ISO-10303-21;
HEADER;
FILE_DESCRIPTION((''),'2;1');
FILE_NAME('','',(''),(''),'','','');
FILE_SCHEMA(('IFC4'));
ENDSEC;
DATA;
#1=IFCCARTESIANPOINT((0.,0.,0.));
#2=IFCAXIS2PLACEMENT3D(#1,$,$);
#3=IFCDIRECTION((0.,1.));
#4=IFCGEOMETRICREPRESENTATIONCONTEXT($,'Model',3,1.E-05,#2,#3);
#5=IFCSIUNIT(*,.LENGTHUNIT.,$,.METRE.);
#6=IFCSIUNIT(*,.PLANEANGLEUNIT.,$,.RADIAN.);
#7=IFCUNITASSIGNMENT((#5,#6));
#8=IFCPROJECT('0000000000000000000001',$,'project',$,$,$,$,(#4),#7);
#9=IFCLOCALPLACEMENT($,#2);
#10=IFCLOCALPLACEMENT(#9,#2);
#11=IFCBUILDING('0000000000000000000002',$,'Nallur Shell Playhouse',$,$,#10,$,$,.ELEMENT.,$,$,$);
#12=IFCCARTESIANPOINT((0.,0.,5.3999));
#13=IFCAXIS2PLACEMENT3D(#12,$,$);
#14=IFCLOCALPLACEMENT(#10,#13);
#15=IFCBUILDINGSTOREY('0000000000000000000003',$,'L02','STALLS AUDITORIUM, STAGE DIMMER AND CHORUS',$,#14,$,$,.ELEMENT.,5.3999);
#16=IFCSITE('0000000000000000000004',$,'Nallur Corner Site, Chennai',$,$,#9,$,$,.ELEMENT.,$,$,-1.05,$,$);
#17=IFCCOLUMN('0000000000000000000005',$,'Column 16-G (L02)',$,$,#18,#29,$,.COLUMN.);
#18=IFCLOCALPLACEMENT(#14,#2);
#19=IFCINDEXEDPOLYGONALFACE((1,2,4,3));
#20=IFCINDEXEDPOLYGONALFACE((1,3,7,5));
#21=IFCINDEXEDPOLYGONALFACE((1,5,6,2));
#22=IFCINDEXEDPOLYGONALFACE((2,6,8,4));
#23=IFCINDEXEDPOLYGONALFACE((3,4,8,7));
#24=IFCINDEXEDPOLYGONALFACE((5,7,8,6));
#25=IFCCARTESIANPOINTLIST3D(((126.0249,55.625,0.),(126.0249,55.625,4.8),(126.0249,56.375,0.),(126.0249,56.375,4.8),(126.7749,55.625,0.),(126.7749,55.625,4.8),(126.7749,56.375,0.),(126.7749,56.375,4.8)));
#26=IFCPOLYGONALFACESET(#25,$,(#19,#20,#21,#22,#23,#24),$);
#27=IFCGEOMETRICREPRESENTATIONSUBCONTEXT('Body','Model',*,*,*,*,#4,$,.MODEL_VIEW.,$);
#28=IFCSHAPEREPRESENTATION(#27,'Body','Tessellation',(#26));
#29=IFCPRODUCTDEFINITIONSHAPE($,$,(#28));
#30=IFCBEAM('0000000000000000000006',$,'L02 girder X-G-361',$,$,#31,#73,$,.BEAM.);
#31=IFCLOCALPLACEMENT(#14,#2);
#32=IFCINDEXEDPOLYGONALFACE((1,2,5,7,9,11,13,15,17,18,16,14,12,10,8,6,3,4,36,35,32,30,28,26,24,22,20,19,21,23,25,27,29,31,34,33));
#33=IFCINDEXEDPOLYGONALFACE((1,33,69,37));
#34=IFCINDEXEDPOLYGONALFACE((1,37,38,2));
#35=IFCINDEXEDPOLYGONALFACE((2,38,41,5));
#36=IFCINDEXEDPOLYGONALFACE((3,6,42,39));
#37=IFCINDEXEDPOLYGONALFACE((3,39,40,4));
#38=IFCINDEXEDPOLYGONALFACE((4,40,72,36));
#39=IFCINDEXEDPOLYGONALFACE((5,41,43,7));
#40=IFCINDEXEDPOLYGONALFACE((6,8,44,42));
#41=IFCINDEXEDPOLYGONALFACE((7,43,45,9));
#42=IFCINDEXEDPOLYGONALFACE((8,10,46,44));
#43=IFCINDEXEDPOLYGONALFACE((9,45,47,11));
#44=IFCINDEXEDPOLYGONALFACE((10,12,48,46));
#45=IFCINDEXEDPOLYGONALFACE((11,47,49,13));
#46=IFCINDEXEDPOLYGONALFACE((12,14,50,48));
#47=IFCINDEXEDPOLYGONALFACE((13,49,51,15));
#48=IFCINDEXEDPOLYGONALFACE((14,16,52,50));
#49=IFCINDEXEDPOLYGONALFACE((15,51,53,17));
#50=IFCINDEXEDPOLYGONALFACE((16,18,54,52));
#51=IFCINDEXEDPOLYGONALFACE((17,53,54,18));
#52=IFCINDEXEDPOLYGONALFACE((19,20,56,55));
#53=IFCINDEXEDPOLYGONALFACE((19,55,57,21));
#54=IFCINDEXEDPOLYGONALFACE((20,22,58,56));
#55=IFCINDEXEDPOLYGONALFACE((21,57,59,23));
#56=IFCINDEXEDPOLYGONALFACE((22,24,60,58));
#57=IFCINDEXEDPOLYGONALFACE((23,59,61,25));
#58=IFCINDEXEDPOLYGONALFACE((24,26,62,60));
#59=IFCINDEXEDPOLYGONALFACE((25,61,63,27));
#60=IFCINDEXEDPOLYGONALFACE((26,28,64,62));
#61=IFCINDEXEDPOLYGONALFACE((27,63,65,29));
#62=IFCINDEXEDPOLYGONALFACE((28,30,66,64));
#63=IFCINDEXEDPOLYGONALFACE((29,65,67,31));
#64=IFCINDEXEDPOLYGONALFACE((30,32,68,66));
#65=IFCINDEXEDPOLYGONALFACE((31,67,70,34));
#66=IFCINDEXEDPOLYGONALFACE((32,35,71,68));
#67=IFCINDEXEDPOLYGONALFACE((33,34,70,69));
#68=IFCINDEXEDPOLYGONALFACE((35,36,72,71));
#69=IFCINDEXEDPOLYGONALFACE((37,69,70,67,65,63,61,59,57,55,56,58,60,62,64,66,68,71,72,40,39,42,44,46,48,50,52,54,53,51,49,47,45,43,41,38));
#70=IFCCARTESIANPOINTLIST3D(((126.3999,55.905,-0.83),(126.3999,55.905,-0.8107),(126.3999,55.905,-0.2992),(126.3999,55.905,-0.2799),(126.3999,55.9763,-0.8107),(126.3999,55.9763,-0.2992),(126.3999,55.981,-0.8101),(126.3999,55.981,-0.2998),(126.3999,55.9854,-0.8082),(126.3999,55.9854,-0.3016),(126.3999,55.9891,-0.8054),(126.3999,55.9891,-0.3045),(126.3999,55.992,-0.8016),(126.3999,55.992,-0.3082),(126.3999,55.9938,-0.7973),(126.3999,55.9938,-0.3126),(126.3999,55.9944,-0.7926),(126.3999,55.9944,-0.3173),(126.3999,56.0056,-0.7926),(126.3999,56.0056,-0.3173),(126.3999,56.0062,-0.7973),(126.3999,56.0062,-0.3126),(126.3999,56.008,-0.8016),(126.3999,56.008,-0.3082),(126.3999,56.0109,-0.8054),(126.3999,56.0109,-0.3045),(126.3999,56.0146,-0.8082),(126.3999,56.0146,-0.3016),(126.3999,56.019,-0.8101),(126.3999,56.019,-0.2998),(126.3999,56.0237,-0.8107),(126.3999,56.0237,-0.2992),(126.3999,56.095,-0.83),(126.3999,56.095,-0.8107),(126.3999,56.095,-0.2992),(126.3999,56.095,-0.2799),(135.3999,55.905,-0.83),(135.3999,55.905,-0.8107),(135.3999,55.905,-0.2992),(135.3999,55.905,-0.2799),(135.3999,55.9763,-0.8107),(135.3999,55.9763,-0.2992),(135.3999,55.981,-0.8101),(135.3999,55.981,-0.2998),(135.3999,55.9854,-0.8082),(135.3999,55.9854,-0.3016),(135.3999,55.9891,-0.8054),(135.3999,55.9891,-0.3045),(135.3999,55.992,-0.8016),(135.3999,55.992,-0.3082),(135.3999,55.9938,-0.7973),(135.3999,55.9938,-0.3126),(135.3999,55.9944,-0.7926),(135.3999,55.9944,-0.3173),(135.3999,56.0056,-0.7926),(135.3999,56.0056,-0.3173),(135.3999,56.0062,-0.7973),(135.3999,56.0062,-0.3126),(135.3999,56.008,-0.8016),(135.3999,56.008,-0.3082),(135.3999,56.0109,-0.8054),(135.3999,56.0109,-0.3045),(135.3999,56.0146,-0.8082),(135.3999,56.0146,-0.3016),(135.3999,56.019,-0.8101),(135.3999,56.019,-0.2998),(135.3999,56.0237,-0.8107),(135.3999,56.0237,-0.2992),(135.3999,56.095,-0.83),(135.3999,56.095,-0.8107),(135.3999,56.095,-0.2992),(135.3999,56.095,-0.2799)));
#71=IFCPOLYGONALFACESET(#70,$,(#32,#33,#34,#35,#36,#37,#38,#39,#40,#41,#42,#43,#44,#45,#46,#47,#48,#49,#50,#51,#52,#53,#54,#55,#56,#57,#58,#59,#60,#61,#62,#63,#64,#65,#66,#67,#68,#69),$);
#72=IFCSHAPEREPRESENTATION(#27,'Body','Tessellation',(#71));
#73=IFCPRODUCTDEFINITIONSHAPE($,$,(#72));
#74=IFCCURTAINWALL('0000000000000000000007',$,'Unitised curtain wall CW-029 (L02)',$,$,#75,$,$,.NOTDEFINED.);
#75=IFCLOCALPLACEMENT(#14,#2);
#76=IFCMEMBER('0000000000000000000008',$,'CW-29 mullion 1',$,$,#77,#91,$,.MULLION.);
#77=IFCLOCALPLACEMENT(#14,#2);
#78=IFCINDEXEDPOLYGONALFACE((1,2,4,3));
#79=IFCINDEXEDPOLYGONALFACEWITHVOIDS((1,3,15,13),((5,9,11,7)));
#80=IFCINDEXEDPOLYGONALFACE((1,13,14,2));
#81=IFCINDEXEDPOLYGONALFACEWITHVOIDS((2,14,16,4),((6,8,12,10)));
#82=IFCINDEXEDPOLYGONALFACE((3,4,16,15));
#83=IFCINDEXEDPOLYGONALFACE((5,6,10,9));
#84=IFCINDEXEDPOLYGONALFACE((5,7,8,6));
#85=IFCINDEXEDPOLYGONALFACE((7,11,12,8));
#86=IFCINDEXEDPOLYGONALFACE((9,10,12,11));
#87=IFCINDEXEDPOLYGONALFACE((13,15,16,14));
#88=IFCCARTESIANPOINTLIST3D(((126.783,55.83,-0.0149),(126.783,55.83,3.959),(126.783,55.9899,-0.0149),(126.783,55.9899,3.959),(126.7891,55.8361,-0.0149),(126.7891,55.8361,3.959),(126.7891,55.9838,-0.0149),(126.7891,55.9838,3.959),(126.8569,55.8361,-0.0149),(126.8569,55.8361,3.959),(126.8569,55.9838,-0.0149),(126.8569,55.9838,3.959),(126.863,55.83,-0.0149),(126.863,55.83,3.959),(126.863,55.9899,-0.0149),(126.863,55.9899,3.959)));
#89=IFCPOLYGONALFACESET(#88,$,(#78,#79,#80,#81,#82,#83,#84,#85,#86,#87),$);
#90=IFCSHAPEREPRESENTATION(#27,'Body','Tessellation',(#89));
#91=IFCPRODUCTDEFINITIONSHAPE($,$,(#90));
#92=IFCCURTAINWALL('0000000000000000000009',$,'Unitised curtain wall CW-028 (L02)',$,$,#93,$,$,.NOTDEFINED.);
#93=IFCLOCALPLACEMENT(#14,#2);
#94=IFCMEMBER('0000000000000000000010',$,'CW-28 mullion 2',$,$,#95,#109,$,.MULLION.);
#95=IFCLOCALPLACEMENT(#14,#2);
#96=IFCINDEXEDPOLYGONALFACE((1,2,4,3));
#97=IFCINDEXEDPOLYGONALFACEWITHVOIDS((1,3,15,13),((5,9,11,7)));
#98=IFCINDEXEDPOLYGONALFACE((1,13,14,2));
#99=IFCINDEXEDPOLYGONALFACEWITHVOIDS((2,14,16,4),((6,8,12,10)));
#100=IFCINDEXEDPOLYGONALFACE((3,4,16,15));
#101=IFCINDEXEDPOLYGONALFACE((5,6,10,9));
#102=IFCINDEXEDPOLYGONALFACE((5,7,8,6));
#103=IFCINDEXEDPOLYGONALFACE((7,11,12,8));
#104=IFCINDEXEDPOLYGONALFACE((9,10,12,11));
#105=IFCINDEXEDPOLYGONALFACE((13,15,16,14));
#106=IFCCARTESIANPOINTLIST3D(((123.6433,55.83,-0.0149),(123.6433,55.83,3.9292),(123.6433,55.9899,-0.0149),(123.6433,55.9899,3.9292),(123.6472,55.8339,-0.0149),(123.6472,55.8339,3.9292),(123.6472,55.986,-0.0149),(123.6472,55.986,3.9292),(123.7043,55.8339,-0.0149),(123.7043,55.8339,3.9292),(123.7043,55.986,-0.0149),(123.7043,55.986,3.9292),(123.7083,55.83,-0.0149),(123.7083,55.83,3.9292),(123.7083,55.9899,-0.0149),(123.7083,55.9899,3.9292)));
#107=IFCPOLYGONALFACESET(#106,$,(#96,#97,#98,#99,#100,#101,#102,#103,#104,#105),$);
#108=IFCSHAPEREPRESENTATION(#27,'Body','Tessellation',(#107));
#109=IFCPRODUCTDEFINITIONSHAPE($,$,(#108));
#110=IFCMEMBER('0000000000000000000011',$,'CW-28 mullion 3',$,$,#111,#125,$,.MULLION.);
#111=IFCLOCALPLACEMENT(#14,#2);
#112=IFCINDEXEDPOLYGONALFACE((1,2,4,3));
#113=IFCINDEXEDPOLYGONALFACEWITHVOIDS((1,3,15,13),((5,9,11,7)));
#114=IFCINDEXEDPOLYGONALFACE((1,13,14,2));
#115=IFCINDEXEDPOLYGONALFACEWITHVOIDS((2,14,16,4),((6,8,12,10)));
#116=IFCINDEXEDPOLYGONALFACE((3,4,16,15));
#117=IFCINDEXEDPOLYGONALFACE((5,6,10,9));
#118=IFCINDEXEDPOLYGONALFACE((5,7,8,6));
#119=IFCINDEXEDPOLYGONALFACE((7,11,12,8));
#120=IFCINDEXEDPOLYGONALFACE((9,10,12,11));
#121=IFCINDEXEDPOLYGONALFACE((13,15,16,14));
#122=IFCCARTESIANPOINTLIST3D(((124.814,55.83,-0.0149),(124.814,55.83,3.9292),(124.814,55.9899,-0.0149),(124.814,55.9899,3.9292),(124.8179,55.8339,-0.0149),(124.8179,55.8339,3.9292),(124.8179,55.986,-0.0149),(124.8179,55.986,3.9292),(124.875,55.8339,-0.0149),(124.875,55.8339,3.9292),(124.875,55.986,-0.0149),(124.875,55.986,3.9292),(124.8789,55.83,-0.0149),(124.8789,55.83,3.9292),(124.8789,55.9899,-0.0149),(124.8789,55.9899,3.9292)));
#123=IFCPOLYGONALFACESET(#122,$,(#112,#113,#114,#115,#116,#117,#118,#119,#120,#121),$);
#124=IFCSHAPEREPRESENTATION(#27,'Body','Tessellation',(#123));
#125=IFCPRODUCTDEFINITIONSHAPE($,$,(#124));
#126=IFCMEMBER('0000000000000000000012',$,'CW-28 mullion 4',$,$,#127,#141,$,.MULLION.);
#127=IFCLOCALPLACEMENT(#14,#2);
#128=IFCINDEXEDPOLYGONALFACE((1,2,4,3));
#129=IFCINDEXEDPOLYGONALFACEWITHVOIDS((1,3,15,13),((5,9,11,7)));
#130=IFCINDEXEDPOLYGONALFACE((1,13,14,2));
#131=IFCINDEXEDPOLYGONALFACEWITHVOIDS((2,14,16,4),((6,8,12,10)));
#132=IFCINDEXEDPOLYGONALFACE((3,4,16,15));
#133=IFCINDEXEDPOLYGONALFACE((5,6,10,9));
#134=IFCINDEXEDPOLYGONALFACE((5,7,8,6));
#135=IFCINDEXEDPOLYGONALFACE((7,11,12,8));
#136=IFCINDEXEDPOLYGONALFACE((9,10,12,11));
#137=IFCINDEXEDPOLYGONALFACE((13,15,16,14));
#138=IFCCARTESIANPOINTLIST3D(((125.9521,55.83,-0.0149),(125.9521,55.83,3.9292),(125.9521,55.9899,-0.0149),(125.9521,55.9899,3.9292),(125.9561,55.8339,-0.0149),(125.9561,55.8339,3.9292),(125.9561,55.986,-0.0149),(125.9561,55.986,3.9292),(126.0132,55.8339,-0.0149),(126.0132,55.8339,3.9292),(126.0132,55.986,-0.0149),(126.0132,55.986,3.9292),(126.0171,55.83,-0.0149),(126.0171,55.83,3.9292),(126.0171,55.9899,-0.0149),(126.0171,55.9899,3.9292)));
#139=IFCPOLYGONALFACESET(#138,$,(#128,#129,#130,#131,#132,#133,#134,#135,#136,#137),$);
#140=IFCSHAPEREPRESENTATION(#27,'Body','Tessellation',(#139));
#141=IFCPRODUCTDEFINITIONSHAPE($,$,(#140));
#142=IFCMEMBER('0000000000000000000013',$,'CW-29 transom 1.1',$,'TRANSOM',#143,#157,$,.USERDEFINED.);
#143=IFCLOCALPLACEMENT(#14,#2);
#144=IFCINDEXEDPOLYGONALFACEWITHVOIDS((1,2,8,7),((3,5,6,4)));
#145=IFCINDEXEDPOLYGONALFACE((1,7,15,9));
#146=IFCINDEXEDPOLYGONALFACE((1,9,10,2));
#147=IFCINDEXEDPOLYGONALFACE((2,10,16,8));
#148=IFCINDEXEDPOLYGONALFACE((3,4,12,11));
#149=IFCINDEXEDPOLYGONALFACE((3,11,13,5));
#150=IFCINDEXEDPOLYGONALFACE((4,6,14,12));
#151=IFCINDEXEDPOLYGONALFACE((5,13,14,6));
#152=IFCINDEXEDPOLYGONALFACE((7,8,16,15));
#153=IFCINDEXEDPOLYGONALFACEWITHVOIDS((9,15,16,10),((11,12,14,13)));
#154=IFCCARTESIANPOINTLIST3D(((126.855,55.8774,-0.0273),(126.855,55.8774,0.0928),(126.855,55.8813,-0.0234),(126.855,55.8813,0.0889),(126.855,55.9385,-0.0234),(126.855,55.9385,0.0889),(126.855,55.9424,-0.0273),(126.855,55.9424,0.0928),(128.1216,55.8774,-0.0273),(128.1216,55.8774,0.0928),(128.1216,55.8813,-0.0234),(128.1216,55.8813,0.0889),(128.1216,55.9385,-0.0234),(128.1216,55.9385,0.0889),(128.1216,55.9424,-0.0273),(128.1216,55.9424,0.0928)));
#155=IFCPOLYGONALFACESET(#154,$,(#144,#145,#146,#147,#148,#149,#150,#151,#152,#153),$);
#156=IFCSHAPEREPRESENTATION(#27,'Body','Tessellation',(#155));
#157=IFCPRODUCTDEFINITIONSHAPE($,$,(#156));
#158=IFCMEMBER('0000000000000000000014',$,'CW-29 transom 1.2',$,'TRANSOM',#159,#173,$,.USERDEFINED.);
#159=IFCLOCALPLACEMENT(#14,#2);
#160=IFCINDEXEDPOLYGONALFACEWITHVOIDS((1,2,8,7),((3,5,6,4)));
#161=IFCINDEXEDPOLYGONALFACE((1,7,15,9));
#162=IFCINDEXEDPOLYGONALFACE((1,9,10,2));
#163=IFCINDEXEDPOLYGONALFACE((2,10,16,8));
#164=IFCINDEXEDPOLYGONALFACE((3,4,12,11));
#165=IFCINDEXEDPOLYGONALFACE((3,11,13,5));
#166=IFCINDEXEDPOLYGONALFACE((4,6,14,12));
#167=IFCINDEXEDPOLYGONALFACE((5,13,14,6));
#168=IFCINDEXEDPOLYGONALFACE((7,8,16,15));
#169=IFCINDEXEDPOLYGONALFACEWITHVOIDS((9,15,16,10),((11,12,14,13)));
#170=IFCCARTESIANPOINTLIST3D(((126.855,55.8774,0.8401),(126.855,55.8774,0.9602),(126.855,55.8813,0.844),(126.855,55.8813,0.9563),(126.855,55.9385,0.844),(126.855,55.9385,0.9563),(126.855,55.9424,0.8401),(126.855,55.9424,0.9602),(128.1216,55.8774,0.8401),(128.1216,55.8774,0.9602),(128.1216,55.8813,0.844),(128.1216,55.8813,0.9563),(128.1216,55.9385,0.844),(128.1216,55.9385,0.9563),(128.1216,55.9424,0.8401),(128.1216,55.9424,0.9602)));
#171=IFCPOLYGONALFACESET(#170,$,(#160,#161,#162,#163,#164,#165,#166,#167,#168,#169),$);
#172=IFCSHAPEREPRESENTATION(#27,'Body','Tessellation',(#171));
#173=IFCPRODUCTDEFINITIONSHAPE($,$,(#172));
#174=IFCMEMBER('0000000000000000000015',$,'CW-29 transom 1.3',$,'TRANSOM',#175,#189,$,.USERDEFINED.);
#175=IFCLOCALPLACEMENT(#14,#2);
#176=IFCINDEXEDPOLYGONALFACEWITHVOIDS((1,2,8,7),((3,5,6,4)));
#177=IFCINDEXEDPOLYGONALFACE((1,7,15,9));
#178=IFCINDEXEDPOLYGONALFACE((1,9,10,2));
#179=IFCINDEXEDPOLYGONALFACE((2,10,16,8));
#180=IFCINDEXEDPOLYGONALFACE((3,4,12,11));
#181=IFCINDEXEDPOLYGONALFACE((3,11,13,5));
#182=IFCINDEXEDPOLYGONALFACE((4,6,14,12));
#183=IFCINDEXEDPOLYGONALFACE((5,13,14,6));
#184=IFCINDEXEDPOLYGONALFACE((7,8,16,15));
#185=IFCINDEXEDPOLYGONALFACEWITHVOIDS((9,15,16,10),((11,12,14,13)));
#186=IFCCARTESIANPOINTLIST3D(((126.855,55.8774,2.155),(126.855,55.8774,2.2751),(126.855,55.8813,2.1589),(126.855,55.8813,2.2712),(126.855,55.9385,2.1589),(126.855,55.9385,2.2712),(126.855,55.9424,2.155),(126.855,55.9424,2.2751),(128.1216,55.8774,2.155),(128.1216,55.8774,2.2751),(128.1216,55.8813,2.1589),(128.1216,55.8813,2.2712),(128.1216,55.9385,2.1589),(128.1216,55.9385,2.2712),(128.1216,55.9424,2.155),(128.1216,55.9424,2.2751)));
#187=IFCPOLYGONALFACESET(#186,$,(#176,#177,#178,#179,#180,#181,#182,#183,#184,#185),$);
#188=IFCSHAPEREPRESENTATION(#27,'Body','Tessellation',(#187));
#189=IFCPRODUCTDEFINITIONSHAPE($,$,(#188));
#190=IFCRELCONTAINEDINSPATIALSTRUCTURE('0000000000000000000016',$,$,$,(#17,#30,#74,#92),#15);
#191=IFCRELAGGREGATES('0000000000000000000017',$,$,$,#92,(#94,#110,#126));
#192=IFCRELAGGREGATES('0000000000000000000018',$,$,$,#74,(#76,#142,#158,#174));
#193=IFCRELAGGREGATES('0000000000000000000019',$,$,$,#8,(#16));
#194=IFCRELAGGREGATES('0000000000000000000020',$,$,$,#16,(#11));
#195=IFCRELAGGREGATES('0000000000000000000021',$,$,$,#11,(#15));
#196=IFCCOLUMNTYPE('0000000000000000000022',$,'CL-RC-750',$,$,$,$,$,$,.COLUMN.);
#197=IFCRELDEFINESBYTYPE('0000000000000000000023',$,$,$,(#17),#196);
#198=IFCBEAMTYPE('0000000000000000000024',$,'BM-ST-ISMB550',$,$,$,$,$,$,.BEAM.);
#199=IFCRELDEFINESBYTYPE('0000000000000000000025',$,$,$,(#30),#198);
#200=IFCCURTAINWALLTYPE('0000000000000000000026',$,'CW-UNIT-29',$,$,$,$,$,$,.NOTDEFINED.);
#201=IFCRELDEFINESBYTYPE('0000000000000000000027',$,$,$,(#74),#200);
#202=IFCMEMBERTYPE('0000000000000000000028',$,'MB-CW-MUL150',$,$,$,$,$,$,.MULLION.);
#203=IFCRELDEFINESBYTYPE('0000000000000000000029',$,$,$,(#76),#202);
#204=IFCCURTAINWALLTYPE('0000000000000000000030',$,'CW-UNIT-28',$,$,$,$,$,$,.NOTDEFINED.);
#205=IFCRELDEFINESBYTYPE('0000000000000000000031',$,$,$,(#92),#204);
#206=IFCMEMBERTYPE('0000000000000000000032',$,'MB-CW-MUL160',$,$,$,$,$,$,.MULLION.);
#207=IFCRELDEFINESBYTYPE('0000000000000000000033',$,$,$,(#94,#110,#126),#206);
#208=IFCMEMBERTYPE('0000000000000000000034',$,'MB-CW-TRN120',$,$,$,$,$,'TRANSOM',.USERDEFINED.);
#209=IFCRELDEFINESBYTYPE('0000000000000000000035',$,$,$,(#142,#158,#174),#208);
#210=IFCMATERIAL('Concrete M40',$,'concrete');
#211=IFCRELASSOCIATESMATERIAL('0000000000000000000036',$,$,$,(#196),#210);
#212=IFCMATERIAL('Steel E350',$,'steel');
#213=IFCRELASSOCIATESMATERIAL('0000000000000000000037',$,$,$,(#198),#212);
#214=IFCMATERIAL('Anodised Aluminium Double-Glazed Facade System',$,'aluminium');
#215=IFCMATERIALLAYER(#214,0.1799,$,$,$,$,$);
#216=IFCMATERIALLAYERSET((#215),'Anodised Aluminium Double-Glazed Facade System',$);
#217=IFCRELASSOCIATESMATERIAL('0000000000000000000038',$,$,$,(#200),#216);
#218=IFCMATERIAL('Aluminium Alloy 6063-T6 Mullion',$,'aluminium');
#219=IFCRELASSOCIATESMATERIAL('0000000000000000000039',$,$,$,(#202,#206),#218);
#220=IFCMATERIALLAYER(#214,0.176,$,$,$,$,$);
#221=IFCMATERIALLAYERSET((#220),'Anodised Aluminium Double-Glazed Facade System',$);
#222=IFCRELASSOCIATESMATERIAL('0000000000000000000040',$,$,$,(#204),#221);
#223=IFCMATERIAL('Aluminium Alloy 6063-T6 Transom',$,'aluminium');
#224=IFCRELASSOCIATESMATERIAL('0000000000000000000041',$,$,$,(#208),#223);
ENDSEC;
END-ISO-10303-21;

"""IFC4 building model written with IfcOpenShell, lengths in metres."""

from ifc_helpers import new_model, si_unit, direction, frame, origin, origin_2d, place, context, subcontext, project, spatial, rectangle, hollow_rectangle, i_section, extrude, material, layer, layer_set, material_profile, profile_set, type_object, element, aggregate, save


model = new_model("IFC4")

# Units and contexts
model_context = context("Model", 3, precision=1e-05, world=origin(), true_north=direction((0.0, 1.0)))
body_context = subcontext(model_context, "Body", "Model", "MODEL_VIEW")
ifc_project = project(units=[si_unit("LENGTHUNIT", "METRE"), si_unit("PLANEANGLEUNIT", "RADIAN")], contexts=[model_context])

# Site, building, storey
site_placement = place(None, origin())
site = spatial("IfcSite", under=ifc_project, at=site_placement, Name="Nallur Corner Site, Chennai", CompositionType="ELEMENT", RefElevation=-1.05)
building_placement = place(site_placement, origin())
building = spatial("IfcBuilding", under=site, at=building_placement, Name="Nallur Shell Playhouse", CompositionType="ELEMENT")
storey_placement = place(building_placement, frame((0.0, 0.0, 5.3999)))
storey = spatial("IfcBuildingStorey", under=building, at=storey_placement, Name="L02", Description="STALLS AUDITORIUM, STAGE DIMMER AND CHORUS", CompositionType="ELEMENT", Elevation=5.3999)

# Column
ifc_material_1 = material(Name="Concrete M40", Category="concrete")
ifc_material_profile_1 = material_profile(ifc_material_1, rectangle(XDim=0.75, YDim=0.75, at=origin_2d()), Name="RC 750x750")
ifc_profile_set_1 = profile_set([ifc_material_profile_1], Name="Concrete M40")
column_type = type_object("IfcColumnType", Name="CL-RC-750", PredefinedType="COLUMN", material=ifc_profile_set_1)
column_placement = place(storey_placement, frame((126.3999, 56.0, 0.0), z_axis=(0.0, 0.0, 1.0), x_axis=(1.0, 0.0, 0.0)))
element("IfcColumn", 1, at=column_placement, inside=storey, type_object=column_type, Name="Column 16-G (L02)", PredefinedType="COLUMN", context=body_context, shape_type="SweptSolid", body=[
    extrude(rectangle(XDim=0.75, YDim=0.75, at=origin_2d()), origin(), (0.0, 0.0, 1.0), 4.8),
])

# Beam
ifc_material_2 = material(Name="Steel E350", Category="steel")
ifc_material_profile_2 = material_profile(ifc_material_2, i_section(OverallWidth=0.1899, OverallDepth=0.55, WebThickness=0.0112, FlangeThickness=0.0193, FilletRadius=0.0181, at=origin_2d()), Name="ISMB 550")
ifc_profile_set_2 = profile_set([ifc_material_profile_2], Name="Steel E350")
beam_type = type_object("IfcBeamType", Name="BM-ST-ISMB550", PredefinedType="BEAM", material=ifc_profile_set_2)
beam_placement = place(storey_placement, frame((126.3999, 56.0, -0.5549), z_axis=(1.0, 0.0, 0.0), x_axis=(0.0, 1.0, 0.0)))
element("IfcBeam", 2, at=beam_placement, inside=storey, type_object=beam_type, Name="L02 girder X-G-361", PredefinedType="BEAM", context=body_context, shape_type="SweptSolid", body=[
    extrude(i_section(OverallWidth=0.1899, OverallDepth=0.55, WebThickness=0.0112, FlangeThickness=0.0193, FilletRadius=0.0181, at=origin_2d()), origin(), (0.0, 0.0, 1.0), 9.0),
])

# Curtain wall, member
ifc_material_3 = material(Name="Anodised Aluminium Double-Glazed Facade System", Category="aluminium")
ifc_layer_1 = layer(ifc_material_3, 0.1799)
ifc_layer_set_1 = layer_set([ifc_layer_1], Name="Anodised Aluminium Double-Glazed Facade System")
curtain_wall_type_1 = type_object("IfcCurtainWallType", Name="CW-UNIT-29", PredefinedType="NOTDEFINED", material=ifc_layer_set_1)
curtain_wall_1_placement = place(storey_placement, origin())
curtain_wall_1 = element("IfcCurtainWall", 3, at=curtain_wall_1_placement, inside=storey, type_object=curtain_wall_type_1, Name="Unitised curtain wall CW-029 (L02)", PredefinedType="NOTDEFINED")
ifc_material_4 = material(Name="Aluminium Alloy 6063-T6 Mullion", Category="aluminium")
ifc_material_profile_3 = material_profile(ifc_material_4, hollow_rectangle(XDim=0.0801, YDim=0.1599, WallThickness=0.0061, at=origin_2d()), Name="RHS 160x80x6")
ifc_profile_set_3 = profile_set([ifc_material_profile_3], Name="Aluminium Alloy 6063-T6 Mullion")
member_type_1 = type_object("IfcMemberType", Name="MB-CW-MUL150", PredefinedType="MULLION", material=ifc_profile_set_3)
member_1_placement = place(storey_placement, frame((126.823, 55.9099, -0.0149), z_axis=(0.0, 0.0, 1.0), x_axis=(1.0, 0.0, 0.0)))
member_1 = element("IfcMember", 4, at=member_1_placement, type_object=member_type_1, Name="CW-29 mullion 1", PredefinedType="MULLION", context=body_context, shape_type="SweptSolid", body=[
    extrude(hollow_rectangle(XDim=0.0801, YDim=0.1599, WallThickness=0.0061, at=origin_2d()), origin(), (0.0, 0.0, 1.0), 3.9739),
])

# Curtain wall, members
ifc_layer_2 = layer(ifc_material_3, 0.176)
ifc_layer_set_2 = layer_set([ifc_layer_2], Name="Anodised Aluminium Double-Glazed Facade System")
curtain_wall_type_2 = type_object("IfcCurtainWallType", Name="CW-UNIT-28", PredefinedType="NOTDEFINED", material=ifc_layer_set_2)
curtain_wall_2_placement = place(storey_placement, origin())
curtain_wall_2 = element("IfcCurtainWall", 5, at=curtain_wall_2_placement, inside=storey, type_object=curtain_wall_type_2, Name="Unitised curtain wall CW-028 (L02)", PredefinedType="NOTDEFINED")
ifc_material_profile_4 = material_profile(ifc_material_4, hollow_rectangle(XDim=0.0649, YDim=0.1599, WallThickness=0.0039, at=origin_2d()), Name="ALU 65x160x4")
ifc_profile_set_4 = profile_set([ifc_material_profile_4], Name="Aluminium Alloy 6063-T6 Mullion")
member_type_2 = type_object("IfcMemberType", Name="MB-CW-MUL160", PredefinedType="MULLION", material=ifc_profile_set_4)
member_2_placement = place(storey_placement, frame((123.6758, 55.9099, -0.0149), z_axis=(0.0, 0.0, 1.0), x_axis=(1.0, 0.0, 0.0)))
member_2 = element("IfcMember", 6, at=member_2_placement, type_object=member_type_2, Name="CW-28 mullion 2", PredefinedType="MULLION", context=body_context, shape_type="SweptSolid", body=[
    extrude(hollow_rectangle(XDim=0.0649, YDim=0.1599, WallThickness=0.0039, at=origin_2d()), origin(), (0.0, 0.0, 1.0), 3.9441),
])
member_3_placement = place(storey_placement, frame((124.8464, 55.9099, -0.0149), z_axis=(0.0, 0.0, 1.0), x_axis=(1.0, 0.0, 0.0)))
member_3 = element("IfcMember", 7, at=member_3_placement, type_object=member_type_2, Name="CW-28 mullion 3", PredefinedType="MULLION", context=body_context, shape_type="SweptSolid", body=[
    extrude(hollow_rectangle(XDim=0.0649, YDim=0.1599, WallThickness=0.0039, at=origin_2d()), origin(), (0.0, 0.0, 1.0), 3.9441),
])
member_4_placement = place(storey_placement, frame((125.9846, 55.9099, -0.0149), z_axis=(0.0, 0.0, 1.0), x_axis=(1.0, 0.0, 0.0)))
member_4 = element("IfcMember", 8, at=member_4_placement, type_object=member_type_2, Name="CW-28 mullion 4", PredefinedType="MULLION", context=body_context, shape_type="SweptSolid", body=[
    extrude(hollow_rectangle(XDim=0.0649, YDim=0.1599, WallThickness=0.0039, at=origin_2d()), origin(), (0.0, 0.0, 1.0), 3.9441),
])

# Members
ifc_material_5 = material(Name="Aluminium Alloy 6063-T6 Transom", Category="aluminium")
ifc_material_profile_5 = material_profile(ifc_material_5, hollow_rectangle(XDim=0.0649, YDim=0.1201, WallThickness=0.0039, at=origin_2d()), Name="ALU 65x120x4")
ifc_profile_set_5 = profile_set([ifc_material_profile_5], Name="Aluminium Alloy 6063-T6 Transom")
member_type_3 = type_object("IfcMemberType", Name="MB-CW-TRN120", ElementType="TRANSOM", PredefinedType="USERDEFINED", material=ifc_profile_set_5)
member_5_placement = place(storey_placement, frame((126.855, 55.9099, 0.0327), z_axis=(1.0, 0.0, 0.0), x_axis=(0.0, 1.0, 0.0)))
member_5 = element("IfcMember", 9, at=member_5_placement, type_object=member_type_3, Name="CW-29 transom 1.1", ObjectType="TRANSOM", PredefinedType="USERDEFINED", context=body_context, shape_type="SweptSolid", body=[
    extrude(hollow_rectangle(XDim=0.0649, YDim=0.1201, WallThickness=0.0039, at=origin_2d()), origin(), (0.0, 0.0, 1.0), 1.2666),
])
member_6_placement = place(storey_placement, frame((126.855, 55.9099, 0.9001), z_axis=(1.0, 0.0, 0.0), x_axis=(0.0, 1.0, 0.0)))
member_6 = element("IfcMember", 10, at=member_6_placement, type_object=member_type_3, Name="CW-29 transom 1.2", ObjectType="TRANSOM", PredefinedType="USERDEFINED", context=body_context, shape_type="SweptSolid", body=[
    extrude(hollow_rectangle(XDim=0.0649, YDim=0.1201, WallThickness=0.0039, at=origin_2d()), origin(), (0.0, 0.0, 1.0), 1.2666),
])
member_7_placement = place(storey_placement, frame((126.855, 55.9099, 2.2151), z_axis=(1.0, 0.0, 0.0), x_axis=(0.0, 1.0, 0.0)))
member_7 = element("IfcMember", 11, at=member_7_placement, type_object=member_type_3, Name="CW-29 transom 1.3", ObjectType="TRANSOM", PredefinedType="USERDEFINED", context=body_context, shape_type="SweptSolid", body=[
    extrude(hollow_rectangle(XDim=0.0649, YDim=0.1201, WallThickness=0.0039, at=origin_2d()), origin(), (0.0, 0.0, 1.0), 1.2666),
])

aggregate(curtain_wall_2, [member_2, member_3, member_4])
aggregate(curtain_wall_1, [member_1, member_5, member_6, member_7])

save(model, "model.ifc")
